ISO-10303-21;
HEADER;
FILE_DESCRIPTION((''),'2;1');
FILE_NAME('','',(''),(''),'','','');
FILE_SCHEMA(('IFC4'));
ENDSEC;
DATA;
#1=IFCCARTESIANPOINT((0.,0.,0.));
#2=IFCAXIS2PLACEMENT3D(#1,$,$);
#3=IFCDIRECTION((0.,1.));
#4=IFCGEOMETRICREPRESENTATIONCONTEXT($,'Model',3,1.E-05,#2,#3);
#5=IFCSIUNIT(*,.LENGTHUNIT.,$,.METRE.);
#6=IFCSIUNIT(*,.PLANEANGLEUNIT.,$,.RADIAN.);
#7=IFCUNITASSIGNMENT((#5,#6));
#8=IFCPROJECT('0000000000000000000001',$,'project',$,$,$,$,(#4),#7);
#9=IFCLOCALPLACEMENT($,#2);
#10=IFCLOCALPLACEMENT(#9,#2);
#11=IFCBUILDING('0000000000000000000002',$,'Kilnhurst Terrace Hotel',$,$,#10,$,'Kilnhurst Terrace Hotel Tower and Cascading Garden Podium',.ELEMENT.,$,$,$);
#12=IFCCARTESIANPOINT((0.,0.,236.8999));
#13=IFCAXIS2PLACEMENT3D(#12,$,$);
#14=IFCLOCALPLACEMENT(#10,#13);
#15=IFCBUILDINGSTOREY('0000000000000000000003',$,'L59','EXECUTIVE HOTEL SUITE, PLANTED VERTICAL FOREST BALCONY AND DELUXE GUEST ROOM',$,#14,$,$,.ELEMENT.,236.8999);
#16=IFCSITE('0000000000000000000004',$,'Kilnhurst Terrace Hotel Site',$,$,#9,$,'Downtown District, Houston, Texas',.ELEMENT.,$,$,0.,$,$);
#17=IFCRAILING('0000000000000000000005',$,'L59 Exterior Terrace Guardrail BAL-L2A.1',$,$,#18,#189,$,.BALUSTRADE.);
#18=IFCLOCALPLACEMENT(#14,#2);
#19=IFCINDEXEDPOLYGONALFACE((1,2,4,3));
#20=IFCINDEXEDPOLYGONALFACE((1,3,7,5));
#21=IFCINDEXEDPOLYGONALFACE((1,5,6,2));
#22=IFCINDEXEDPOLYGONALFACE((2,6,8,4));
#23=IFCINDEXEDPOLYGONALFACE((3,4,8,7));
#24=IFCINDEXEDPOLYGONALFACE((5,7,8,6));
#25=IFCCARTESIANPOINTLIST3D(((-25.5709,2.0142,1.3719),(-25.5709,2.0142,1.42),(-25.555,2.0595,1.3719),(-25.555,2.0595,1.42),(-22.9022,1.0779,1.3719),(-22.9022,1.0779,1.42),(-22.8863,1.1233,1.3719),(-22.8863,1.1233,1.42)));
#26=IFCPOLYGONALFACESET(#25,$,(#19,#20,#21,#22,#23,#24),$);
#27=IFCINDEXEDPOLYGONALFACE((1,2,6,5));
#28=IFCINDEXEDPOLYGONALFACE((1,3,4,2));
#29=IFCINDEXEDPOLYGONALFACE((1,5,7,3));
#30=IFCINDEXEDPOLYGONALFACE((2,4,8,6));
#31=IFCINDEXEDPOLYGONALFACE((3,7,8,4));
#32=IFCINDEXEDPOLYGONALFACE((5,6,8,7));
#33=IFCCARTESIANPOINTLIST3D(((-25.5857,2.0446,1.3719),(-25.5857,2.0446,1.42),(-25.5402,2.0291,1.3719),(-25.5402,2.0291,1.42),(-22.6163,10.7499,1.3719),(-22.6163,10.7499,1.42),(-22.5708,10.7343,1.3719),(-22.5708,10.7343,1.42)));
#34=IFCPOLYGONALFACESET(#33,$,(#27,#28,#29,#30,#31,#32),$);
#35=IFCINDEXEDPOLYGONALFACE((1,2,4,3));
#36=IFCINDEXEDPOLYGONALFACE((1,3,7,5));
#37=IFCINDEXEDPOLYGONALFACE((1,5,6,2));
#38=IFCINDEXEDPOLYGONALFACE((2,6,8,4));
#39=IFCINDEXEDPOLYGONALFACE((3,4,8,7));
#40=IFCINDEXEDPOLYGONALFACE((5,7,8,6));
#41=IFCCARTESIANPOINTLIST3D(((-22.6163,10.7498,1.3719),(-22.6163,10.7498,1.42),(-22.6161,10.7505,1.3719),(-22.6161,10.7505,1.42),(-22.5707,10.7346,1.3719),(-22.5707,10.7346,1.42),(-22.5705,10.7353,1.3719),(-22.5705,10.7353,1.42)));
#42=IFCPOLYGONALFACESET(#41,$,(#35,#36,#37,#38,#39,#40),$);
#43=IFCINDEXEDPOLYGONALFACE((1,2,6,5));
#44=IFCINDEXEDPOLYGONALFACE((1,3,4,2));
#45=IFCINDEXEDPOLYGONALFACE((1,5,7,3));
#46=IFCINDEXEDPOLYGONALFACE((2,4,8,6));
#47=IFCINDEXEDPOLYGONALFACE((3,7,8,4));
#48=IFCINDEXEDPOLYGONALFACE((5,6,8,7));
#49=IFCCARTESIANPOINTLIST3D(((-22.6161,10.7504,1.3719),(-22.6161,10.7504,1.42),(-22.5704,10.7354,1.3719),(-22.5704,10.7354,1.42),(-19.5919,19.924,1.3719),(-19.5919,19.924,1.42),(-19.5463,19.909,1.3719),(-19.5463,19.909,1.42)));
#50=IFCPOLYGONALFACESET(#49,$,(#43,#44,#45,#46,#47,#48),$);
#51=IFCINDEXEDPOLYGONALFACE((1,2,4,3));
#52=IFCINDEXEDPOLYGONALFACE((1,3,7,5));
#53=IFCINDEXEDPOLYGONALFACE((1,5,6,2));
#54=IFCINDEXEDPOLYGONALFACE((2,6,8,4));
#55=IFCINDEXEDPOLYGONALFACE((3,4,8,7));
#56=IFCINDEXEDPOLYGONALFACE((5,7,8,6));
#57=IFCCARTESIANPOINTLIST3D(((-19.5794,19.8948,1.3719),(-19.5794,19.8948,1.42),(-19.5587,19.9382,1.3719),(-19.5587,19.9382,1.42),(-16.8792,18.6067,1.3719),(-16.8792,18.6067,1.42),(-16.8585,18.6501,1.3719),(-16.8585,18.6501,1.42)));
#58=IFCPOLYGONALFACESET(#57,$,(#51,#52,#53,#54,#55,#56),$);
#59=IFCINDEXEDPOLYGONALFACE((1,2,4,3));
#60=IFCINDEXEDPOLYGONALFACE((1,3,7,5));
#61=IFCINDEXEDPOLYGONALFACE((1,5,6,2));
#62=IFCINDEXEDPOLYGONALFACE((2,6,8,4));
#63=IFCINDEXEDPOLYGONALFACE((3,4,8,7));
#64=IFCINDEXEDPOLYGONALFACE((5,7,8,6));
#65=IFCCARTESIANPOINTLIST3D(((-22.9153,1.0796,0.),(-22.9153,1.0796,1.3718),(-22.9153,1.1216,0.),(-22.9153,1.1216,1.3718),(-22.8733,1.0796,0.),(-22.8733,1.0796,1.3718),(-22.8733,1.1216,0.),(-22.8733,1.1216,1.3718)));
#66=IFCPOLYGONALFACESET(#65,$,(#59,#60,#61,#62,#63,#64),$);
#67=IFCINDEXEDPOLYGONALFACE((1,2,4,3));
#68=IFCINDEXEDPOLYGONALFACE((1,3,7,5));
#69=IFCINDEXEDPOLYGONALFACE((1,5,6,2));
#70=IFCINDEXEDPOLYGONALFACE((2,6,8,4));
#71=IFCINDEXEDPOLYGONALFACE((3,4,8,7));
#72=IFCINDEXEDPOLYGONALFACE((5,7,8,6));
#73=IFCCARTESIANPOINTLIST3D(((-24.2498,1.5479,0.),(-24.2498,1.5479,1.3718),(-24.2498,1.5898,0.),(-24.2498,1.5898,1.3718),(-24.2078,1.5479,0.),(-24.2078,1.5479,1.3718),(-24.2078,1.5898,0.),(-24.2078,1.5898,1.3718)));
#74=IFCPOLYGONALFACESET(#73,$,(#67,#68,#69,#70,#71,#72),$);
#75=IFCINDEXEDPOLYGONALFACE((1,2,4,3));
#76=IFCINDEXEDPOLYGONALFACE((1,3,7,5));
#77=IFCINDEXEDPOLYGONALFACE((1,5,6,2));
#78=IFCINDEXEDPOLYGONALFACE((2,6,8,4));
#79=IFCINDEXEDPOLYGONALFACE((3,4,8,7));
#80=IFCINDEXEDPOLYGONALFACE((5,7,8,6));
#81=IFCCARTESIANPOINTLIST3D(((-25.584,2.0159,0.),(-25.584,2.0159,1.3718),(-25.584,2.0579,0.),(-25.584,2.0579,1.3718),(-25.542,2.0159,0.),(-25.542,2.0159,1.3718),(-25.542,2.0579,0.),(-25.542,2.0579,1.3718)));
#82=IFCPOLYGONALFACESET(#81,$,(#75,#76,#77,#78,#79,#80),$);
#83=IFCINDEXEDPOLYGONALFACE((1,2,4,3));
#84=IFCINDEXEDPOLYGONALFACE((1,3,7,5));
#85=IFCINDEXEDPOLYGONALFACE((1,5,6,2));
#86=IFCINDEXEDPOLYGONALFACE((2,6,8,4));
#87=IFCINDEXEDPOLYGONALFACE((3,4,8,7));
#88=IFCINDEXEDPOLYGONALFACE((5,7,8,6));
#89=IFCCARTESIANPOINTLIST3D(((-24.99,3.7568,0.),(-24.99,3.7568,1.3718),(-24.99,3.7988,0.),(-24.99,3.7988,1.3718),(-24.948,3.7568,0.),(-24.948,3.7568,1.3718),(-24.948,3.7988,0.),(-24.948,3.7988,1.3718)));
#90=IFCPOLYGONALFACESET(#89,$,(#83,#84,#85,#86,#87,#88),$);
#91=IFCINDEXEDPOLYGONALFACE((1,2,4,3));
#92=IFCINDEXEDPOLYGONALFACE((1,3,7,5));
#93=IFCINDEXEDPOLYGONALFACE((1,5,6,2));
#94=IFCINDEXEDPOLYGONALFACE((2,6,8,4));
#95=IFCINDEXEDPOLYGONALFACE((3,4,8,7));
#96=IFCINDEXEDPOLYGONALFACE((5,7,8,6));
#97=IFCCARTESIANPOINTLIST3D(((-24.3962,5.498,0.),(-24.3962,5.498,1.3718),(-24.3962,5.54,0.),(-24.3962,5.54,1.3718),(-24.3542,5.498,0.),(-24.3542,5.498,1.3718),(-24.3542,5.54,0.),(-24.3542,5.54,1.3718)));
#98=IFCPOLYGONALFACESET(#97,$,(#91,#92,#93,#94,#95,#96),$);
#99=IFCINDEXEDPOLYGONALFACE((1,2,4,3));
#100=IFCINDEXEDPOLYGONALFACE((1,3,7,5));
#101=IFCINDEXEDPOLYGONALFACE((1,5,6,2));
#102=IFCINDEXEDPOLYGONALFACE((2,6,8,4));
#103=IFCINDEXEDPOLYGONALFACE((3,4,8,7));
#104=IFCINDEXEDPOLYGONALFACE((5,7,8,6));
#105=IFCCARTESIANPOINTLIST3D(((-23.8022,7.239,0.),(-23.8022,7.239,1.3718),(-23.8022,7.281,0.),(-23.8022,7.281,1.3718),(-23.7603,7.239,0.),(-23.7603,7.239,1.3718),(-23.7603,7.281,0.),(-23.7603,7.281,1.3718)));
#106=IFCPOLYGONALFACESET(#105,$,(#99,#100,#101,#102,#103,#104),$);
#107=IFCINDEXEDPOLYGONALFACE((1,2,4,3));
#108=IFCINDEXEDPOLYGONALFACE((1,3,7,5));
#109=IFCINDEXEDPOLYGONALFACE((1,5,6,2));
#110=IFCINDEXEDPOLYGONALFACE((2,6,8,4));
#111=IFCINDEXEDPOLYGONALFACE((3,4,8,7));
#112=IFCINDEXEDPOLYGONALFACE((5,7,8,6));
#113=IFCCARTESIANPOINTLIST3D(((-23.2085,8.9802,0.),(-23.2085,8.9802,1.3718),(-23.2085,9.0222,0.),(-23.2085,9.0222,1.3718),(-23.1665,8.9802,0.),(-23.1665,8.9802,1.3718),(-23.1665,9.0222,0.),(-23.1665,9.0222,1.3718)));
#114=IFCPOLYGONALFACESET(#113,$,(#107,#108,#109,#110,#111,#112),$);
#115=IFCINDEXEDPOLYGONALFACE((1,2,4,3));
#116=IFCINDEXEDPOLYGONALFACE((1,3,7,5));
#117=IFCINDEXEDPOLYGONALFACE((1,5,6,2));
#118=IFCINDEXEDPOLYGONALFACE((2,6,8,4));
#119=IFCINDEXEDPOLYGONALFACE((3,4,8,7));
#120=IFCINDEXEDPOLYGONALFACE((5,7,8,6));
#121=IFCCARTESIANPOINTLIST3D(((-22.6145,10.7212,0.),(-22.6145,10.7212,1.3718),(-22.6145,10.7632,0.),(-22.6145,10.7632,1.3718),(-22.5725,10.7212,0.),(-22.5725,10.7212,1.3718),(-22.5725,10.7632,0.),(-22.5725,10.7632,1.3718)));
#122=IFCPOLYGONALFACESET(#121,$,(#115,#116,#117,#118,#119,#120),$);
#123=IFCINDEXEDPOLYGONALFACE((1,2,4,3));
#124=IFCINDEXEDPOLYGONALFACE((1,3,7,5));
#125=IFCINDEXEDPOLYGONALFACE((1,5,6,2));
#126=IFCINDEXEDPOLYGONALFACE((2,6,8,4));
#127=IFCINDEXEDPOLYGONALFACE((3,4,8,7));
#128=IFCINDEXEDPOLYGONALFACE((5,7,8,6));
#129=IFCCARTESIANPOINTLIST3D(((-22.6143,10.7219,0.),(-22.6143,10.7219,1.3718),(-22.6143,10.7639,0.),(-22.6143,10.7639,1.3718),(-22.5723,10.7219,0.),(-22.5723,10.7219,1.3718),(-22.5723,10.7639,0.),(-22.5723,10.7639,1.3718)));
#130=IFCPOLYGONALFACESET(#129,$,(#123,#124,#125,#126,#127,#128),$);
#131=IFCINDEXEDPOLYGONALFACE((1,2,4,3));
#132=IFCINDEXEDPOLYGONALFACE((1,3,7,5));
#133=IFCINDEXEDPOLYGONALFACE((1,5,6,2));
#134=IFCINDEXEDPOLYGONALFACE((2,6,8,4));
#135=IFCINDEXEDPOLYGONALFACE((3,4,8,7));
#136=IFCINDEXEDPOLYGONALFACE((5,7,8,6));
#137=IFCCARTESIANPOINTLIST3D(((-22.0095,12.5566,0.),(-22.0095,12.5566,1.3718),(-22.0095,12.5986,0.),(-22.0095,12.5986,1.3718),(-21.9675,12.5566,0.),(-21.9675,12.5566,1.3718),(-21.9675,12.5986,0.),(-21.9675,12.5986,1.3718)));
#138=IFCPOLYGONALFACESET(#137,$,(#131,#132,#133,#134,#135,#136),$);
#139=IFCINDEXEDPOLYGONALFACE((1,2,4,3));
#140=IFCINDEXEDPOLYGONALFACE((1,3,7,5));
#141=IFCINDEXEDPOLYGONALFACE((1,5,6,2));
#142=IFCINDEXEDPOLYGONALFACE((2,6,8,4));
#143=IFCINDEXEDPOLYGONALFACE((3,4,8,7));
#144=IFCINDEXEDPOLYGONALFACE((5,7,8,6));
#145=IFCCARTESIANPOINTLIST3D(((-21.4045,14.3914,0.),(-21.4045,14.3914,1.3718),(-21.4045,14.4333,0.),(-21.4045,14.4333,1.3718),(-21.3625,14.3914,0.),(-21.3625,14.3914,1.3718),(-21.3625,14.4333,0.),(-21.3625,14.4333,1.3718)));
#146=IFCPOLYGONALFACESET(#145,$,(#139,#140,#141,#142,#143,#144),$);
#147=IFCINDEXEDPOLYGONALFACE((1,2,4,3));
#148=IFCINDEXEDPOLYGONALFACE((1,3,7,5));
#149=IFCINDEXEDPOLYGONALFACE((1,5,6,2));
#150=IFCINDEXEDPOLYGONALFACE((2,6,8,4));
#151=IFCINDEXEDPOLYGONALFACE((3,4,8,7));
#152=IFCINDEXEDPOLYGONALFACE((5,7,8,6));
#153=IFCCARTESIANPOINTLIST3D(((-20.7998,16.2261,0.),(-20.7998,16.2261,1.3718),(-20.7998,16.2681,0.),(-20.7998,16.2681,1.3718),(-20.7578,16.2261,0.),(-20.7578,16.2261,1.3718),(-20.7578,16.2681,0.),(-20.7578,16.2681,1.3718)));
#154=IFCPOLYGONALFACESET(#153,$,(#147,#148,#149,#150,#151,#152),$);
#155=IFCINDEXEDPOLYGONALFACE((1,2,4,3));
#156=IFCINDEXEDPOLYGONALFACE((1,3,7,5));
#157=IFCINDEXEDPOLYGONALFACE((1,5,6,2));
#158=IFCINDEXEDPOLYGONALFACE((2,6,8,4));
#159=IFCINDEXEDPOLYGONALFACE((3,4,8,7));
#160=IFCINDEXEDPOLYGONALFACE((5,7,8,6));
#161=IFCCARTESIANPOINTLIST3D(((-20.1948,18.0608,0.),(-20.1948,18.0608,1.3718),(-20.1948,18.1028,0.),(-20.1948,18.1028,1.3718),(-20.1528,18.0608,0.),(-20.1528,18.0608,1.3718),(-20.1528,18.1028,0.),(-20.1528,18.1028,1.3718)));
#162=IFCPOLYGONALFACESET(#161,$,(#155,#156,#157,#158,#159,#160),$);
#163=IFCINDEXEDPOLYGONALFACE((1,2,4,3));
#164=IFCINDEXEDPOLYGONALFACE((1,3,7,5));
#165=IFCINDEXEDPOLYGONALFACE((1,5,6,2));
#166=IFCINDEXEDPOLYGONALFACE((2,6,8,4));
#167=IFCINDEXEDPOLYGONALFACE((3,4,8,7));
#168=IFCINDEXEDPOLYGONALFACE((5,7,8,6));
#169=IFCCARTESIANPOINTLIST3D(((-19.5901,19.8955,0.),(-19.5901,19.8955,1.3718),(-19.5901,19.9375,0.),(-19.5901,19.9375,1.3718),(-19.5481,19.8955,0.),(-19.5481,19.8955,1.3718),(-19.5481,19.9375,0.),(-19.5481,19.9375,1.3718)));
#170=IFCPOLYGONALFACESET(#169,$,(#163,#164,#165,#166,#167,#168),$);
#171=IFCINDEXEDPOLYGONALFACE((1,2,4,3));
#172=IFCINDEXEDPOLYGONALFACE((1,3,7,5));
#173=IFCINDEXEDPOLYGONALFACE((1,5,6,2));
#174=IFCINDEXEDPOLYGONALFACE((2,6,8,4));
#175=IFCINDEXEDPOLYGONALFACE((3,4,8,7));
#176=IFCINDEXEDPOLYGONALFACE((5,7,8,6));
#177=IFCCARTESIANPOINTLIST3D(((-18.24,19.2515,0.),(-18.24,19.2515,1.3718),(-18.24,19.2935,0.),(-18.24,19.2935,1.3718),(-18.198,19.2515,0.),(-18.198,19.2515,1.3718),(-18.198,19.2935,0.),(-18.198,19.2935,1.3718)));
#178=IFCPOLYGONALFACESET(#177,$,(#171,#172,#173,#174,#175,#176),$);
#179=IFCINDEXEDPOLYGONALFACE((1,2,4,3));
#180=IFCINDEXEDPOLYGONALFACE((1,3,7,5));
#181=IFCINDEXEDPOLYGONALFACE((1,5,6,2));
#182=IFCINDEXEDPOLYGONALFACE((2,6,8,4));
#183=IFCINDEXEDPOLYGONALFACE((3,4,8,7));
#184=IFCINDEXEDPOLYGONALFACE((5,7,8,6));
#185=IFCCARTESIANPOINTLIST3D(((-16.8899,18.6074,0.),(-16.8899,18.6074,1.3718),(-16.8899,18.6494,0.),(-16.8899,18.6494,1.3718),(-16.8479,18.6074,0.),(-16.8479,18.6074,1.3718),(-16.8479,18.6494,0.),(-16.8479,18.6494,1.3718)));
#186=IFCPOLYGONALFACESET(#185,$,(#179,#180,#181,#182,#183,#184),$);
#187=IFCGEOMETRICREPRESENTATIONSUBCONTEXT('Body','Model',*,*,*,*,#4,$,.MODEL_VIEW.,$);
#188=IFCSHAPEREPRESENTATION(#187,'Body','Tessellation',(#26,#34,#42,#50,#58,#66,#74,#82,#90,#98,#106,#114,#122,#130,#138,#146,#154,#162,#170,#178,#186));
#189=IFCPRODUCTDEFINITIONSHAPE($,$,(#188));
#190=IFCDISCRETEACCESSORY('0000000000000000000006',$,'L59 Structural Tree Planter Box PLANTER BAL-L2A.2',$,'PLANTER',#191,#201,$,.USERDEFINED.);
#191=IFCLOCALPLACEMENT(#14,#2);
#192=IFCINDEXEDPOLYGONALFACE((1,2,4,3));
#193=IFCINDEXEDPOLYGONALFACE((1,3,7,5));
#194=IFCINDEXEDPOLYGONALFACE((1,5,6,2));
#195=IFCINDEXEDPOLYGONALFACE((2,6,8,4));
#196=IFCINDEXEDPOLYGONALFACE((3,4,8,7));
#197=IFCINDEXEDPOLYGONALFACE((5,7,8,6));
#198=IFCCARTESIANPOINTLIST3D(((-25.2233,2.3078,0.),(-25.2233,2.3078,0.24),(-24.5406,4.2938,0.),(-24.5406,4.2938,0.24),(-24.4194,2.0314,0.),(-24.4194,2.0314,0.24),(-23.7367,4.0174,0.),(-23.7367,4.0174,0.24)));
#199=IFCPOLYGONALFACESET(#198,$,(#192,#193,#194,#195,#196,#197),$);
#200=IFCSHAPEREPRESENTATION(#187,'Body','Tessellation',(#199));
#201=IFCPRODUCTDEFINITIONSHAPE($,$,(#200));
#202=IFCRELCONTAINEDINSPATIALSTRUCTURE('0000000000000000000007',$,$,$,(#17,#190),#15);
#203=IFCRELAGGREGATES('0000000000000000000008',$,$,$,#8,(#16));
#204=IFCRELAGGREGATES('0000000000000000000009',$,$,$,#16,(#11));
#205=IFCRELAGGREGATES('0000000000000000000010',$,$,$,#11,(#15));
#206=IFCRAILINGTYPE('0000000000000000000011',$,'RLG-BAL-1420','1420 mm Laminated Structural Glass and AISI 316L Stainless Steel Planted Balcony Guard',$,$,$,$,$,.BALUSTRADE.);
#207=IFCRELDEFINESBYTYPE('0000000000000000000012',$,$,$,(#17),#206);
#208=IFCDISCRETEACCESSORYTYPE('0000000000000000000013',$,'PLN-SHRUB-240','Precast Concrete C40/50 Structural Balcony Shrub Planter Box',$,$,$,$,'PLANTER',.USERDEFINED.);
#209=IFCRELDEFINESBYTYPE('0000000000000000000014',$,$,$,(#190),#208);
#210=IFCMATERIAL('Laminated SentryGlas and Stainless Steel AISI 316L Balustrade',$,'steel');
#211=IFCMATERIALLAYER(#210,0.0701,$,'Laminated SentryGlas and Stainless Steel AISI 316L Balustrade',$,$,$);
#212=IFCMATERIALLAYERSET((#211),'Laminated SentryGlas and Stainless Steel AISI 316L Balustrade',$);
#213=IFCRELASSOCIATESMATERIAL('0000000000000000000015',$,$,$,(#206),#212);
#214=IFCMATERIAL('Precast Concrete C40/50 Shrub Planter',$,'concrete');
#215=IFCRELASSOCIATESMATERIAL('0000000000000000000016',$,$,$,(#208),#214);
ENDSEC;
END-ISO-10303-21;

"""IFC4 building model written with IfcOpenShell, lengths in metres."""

from ifc_helpers import new_model, si_unit, direction, frame, origin, origin_2d, place, context, subcontext, project, spatial, rectangle, extrude, material, layer, layer_set, type_object, element, save


model = new_model("IFC4")

# Units and contexts
model_context = context("Model", 3, precision=1e-05, world=origin(), true_north=direction((0.0, 1.0)))
body_context = subcontext(model_context, "Body", "Model", "MODEL_VIEW")
ifc_project = project(units=[si_unit("LENGTHUNIT", "METRE"), si_unit("PLANEANGLEUNIT", "RADIAN")], contexts=[model_context])

# Site, building, storey
site_placement = place(None, origin())
site = spatial("IfcSite", under=ifc_project, at=site_placement, Name="Kilnhurst Terrace Hotel Site", LongName="Downtown District, Houston, Texas", CompositionType="ELEMENT", RefElevation=0.0)
building_placement = place(site_placement, origin())
building = spatial("IfcBuilding", under=site, at=building_placement, Name="Kilnhurst Terrace Hotel", LongName="Kilnhurst Terrace Hotel Tower and Cascading Garden Podium", CompositionType="ELEMENT")
storey_placement = place(building_placement, frame((0.0, 0.0, 236.8999)))
storey = spatial("IfcBuildingStorey", under=building, at=storey_placement, Name="L59", Description="EXECUTIVE HOTEL SUITE, PLANTED VERTICAL FOREST BALCONY AND DELUXE GUEST ROOM", CompositionType="ELEMENT", Elevation=236.8999)

# Railing
ifc_material_1 = material(Name="Laminated SentryGlas and Stainless Steel AISI 316L Balustrade", Category="steel")
ifc_layer_1 = layer(ifc_material_1, 0.0701, Name="Laminated SentryGlas and Stainless Steel AISI 316L Balustrade")
ifc_layer_set_1 = layer_set([ifc_layer_1], Name="Laminated SentryGlas and Stainless Steel AISI 316L Balustrade")
railing_type = type_object("IfcRailingType", Name="RLG-BAL-1420", Description="1420 mm Laminated Structural Glass and AISI 316L Stainless Steel Planted Balcony Guard", PredefinedType="BALUSTRADE", material=ifc_layer_set_1)
railing_placement = place(storey_placement, frame((-22.8943, 1.1006, 0.0)))
element("IfcRailing", 1, at=railing_placement, inside=storey, type_object=railing_type, Name="L59 Exterior Terrace Guardrail BAL-L2A.1", PredefinedType="BALUSTRADE", context=body_context, shape_type="SweptSolid", body=[
    extrude(rectangle(XDim=0.0481, YDim=0.0481, at=origin_2d()), frame((0.0, 0.0, 1.396), z_axis=(-0.943612, 0.331054, 0.0), x_axis=(-0.331054, -0.943612, 0.0)), (0.0, 0.0, 1.0), 2.8281),
    extrude(rectangle(XDim=0.0481, YDim=0.0481, at=origin_2d()), frame((-2.6687, 0.9363, 1.396), z_axis=(0.322845, 0.946452, 0.0), x_axis=(-0.946452, 0.322845, 0.0)), (0.0, 0.0, 1.0), 9.1978),
    extrude(rectangle(XDim=0.0481, YDim=0.0481, at=origin_2d()), frame((0.3008, 9.6416, 1.396), z_axis=(0.316228, 0.948683, 0.0), x_axis=(-0.948683, 0.316228, 0.0)), (0.0, 0.0, 1.0), 0.0007),
    extrude(rectangle(XDim=0.0481, YDim=0.0481, at=origin_2d()), frame((0.301, 9.6423, 1.396), z_axis=(0.313087, 0.949725, 0.0), x_axis=(-0.949725, 0.313087, 0.0)), (0.0, 0.0, 1.0), 9.6592),
    extrude(rectangle(XDim=0.0481, YDim=0.0481, at=origin_2d()), frame((3.3252, 18.8159, 1.396), z_axis=(0.902565, -0.430554, 0.0), x_axis=(0.430554, 0.902565, 0.0)), (0.0, 0.0, 1.0), 2.9917),
    extrude(rectangle(XDim=0.042, YDim=0.042, at=origin_2d()), origin(), (0.0, 0.0, 1.0), 1.3718),
    extrude(rectangle(XDim=0.042, YDim=0.042, at=origin_2d()), frame((-1.3345, 0.4683, 0.0)), (0.0, 0.0, 1.0), 1.3718),
    extrude(rectangle(XDim=0.042, YDim=0.042, at=origin_2d()), frame((-2.6687, 0.9363, 0.0)), (0.0, 0.0, 1.0), 1.3718),
    extrude(rectangle(XDim=0.042, YDim=0.042, at=origin_2d()), frame((-2.0747, 2.6772, 0.0)), (0.0, 0.0, 1.0), 1.3718),
    extrude(rectangle(XDim=0.042, YDim=0.042, at=origin_2d()), frame((-1.481, 4.4185, 0.0)), (0.0, 0.0, 1.0), 1.3718),
    extrude(rectangle(XDim=0.042, YDim=0.042, at=origin_2d()), frame((-0.887, 6.1594, 0.0)), (0.0, 0.0, 1.0), 1.3718),
    extrude(rectangle(XDim=0.042, YDim=0.042, at=origin_2d()), frame((-0.2932, 7.9006, 0.0)), (0.0, 0.0, 1.0), 1.3718),
    extrude(rectangle(XDim=0.042, YDim=0.042, at=origin_2d()), frame((0.3008, 9.6416, 0.0)), (0.0, 0.0, 1.0), 1.3718),
    extrude(rectangle(XDim=0.042, YDim=0.042, at=origin_2d()), frame((0.301, 9.6423, 0.0)), (0.0, 0.0, 1.0), 1.3718),
    extrude(rectangle(XDim=0.042, YDim=0.042, at=origin_2d()), frame((0.9058, 11.4771, 0.0)), (0.0, 0.0, 1.0), 1.3718),
    extrude(rectangle(XDim=0.042, YDim=0.042, at=origin_2d()), frame((1.5107, 13.3118, 0.0)), (0.0, 0.0, 1.0), 1.3718),
    extrude(rectangle(XDim=0.042, YDim=0.042, at=origin_2d()), frame((2.1155, 15.1465, 0.0)), (0.0, 0.0, 1.0), 1.3718),
    extrude(rectangle(XDim=0.042, YDim=0.042, at=origin_2d()), frame((2.7205, 16.9812, 0.0)), (0.0, 0.0, 1.0), 1.3718),
    extrude(rectangle(XDim=0.042, YDim=0.042, at=origin_2d()), frame((3.3252, 18.8159, 0.0)), (0.0, 0.0, 1.0), 1.3718),
    extrude(rectangle(XDim=0.042, YDim=0.042, at=origin_2d()), frame((4.6753, 18.1719, 0.0)), (0.0, 0.0, 1.0), 1.3718),
    extrude(rectangle(XDim=0.042, YDim=0.042, at=origin_2d()), frame((6.0254, 17.5278, 0.0)), (0.0, 0.0, 1.0), 1.3718),
])

# Discrete accessory
ifc_material_2 = material(Name="Precast Concrete C40/50 Shrub Planter", Category="concrete")
discrete_accessory_type = type_object("IfcDiscreteAccessoryType", Name="PLN-SHRUB-240", Description="Precast Concrete C40/50 Structural Balcony Shrub Planter Box", ElementType="PLANTER", PredefinedType="USERDEFINED", material=ifc_material_2)
discrete_accessory_placement = place(storey_placement, frame((-24.48, 3.1626, 0.0), z_axis=(0.0, 0.0, 1.0), x_axis=(-0.32509, -0.945683, 0.0)))
element("IfcDiscreteAccessory", 2, at=discrete_accessory_placement, inside=storey, type_object=discrete_accessory_type, Name="L59 Structural Tree Planter Box PLANTER BAL-L2A.2", ObjectType="PLANTER", PredefinedType="USERDEFINED", context=body_context, shape_type="SweptSolid", body=[
    extrude(rectangle(XDim=2.1001, YDim=0.8501, at=origin_2d()), origin(), (0.0, 0.0, 1.0), 0.24),
])

save(model, "model.ifc")
